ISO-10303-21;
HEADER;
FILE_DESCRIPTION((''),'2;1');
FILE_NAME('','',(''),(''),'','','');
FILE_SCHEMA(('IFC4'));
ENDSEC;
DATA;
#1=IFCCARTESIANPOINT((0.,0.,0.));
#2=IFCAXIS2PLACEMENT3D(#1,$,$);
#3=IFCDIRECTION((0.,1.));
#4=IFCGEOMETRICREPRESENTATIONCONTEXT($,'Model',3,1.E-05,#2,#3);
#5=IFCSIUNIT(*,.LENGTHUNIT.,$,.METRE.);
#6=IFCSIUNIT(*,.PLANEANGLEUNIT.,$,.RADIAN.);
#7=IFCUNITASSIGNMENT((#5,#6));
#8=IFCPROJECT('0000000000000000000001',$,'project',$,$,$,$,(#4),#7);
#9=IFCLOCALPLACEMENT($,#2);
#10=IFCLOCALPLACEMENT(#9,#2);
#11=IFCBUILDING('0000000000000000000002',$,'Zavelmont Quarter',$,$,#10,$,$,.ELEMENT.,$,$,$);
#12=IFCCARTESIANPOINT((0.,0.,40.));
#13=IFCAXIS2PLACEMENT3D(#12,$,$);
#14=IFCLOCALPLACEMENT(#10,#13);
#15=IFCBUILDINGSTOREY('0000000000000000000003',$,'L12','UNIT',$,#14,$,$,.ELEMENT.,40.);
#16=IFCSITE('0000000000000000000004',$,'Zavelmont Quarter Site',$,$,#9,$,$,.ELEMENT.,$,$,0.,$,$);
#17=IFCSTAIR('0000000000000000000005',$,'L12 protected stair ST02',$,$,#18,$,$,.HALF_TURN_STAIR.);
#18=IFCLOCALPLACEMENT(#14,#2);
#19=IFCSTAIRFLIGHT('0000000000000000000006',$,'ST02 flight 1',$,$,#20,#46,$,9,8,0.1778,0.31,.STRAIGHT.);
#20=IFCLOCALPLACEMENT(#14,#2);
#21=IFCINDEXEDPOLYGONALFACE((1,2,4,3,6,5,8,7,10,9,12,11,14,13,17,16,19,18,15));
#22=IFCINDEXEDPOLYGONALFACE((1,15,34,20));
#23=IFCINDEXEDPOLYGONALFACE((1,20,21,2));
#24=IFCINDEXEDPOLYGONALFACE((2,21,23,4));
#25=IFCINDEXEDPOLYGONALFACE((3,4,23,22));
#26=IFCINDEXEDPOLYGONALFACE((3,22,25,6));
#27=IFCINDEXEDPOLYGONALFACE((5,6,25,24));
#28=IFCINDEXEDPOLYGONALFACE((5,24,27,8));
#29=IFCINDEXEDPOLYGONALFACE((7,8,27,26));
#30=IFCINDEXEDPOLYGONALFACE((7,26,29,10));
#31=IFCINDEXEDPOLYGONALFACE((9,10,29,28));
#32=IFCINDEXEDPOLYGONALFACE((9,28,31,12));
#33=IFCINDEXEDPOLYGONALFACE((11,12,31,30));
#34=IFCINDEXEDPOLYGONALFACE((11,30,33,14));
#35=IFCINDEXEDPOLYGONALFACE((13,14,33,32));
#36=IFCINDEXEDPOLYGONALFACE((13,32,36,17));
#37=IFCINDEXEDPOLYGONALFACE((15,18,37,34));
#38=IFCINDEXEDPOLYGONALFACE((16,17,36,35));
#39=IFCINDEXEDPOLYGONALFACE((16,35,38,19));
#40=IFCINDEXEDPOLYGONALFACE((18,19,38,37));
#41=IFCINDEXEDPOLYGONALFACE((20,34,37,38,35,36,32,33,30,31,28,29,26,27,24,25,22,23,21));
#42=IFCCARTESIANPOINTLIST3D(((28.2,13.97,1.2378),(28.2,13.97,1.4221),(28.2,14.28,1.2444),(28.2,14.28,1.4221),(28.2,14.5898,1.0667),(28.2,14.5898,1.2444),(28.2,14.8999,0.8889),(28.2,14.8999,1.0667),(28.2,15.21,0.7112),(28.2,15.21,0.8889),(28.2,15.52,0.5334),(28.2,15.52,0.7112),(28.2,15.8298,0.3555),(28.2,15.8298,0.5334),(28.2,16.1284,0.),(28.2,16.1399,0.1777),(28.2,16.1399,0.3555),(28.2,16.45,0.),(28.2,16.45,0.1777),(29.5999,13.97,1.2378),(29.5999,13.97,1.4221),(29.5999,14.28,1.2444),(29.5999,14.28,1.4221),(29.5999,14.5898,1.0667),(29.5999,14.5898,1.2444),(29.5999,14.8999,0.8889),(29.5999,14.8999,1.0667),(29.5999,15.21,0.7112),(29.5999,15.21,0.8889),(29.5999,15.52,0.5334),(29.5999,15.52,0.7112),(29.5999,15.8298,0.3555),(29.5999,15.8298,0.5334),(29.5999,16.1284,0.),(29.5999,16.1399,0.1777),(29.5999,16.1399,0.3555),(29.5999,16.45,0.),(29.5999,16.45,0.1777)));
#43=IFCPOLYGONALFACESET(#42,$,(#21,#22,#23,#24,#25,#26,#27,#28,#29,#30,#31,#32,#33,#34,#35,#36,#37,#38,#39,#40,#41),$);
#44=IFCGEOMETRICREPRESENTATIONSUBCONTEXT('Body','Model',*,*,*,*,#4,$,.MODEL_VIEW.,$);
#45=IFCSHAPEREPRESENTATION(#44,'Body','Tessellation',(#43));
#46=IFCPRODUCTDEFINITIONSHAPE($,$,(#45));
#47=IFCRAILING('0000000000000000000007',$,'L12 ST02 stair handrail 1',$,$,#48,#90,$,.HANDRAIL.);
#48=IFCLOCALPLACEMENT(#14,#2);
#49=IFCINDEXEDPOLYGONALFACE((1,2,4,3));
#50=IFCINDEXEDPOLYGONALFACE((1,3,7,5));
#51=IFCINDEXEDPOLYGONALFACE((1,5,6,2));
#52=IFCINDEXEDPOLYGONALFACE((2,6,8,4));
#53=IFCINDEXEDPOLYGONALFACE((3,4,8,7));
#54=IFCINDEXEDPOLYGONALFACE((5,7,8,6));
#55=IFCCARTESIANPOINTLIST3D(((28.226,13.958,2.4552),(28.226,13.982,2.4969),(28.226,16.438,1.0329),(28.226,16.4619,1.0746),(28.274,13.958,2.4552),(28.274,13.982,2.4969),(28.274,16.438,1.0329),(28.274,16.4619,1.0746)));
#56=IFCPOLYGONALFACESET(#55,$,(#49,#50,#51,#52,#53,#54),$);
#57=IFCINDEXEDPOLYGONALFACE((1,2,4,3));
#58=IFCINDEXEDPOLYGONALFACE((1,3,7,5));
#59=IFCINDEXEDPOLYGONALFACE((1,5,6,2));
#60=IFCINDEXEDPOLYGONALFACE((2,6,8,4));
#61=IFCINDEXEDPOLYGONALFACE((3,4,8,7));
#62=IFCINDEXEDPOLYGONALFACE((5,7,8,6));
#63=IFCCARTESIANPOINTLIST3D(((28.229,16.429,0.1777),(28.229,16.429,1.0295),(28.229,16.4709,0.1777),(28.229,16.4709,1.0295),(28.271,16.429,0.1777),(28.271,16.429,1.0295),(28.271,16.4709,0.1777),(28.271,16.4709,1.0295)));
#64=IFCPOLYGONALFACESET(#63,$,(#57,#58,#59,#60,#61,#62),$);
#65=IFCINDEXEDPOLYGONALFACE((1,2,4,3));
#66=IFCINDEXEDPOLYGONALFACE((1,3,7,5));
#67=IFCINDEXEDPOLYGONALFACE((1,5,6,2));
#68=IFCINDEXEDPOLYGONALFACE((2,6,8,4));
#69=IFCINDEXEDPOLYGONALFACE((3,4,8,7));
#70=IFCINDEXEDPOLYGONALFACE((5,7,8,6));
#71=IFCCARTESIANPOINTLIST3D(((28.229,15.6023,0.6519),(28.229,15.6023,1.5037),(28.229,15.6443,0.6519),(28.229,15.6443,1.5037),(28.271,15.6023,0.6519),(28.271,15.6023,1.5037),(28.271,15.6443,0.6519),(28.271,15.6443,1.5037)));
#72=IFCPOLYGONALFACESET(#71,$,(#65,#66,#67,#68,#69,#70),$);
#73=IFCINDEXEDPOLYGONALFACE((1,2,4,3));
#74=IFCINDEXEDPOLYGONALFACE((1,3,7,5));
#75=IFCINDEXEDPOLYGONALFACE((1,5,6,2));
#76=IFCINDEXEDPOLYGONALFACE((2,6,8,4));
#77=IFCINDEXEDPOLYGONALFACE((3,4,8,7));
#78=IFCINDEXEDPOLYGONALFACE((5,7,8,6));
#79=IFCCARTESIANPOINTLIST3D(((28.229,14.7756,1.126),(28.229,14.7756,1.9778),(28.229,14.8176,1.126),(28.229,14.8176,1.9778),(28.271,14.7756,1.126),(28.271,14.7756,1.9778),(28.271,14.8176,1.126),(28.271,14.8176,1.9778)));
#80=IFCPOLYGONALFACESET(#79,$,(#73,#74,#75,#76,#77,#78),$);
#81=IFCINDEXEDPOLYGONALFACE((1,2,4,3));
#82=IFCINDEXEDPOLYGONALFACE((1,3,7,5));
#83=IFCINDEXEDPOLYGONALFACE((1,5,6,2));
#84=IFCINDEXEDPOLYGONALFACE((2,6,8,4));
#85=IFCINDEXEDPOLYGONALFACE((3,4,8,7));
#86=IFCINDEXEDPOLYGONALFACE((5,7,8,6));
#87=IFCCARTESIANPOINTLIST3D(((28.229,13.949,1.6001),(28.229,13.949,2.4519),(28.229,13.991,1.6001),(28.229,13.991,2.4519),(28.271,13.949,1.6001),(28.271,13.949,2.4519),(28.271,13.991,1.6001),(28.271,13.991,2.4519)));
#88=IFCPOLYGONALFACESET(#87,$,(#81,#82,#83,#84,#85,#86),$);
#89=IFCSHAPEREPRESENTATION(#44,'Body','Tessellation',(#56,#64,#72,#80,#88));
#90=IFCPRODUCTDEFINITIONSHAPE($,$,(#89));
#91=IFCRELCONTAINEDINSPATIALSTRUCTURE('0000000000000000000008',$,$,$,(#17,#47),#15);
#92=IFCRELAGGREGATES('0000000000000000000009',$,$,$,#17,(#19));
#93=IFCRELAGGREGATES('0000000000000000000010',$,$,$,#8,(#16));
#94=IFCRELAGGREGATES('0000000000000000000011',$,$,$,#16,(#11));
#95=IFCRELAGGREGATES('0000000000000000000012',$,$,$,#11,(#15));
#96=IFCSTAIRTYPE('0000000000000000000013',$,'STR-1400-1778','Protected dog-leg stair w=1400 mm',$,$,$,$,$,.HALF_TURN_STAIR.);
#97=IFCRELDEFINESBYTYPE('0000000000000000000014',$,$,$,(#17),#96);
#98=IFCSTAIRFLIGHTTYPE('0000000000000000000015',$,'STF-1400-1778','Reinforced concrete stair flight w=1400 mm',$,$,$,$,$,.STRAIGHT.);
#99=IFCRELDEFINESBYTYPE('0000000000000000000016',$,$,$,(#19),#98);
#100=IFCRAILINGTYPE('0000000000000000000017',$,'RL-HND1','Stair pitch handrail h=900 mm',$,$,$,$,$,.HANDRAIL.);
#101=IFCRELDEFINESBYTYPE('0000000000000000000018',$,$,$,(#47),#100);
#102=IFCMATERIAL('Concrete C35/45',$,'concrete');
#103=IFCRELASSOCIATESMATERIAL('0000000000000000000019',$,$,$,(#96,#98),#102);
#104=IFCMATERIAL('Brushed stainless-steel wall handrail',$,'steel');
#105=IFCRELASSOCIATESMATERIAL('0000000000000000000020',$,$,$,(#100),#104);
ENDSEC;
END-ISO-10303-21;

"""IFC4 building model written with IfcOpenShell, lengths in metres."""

from ifc_helpers import new_model, si_unit, direction, frame, origin, origin_2d, place, context, subcontext, project, spatial, polyline, rectangle, outline, extrude, material, type_object, element, aggregate, save


model = new_model("IFC4")

# Units and contexts
model_context = context("Model", 3, precision=1e-05, world=origin(), true_north=direction((0.0, 1.0)))
body_context = subcontext(model_context, "Body", "Model", "MODEL_VIEW")
ifc_project = project(units=[si_unit("LENGTHUNIT", "METRE"), si_unit("PLANEANGLEUNIT", "RADIAN")], contexts=[model_context])

# Site, building, storey
site_placement = place(None, origin())
site = spatial("IfcSite", under=ifc_project, at=site_placement, Name="Zavelmont Quarter Site", CompositionType="ELEMENT", RefElevation=0.0)
building_placement = place(site_placement, origin())
building = spatial("IfcBuilding", under=site, at=building_placement, Name="Zavelmont Quarter", CompositionType="ELEMENT")
storey_placement = place(building_placement, frame((0.0, 0.0, 40.0)))
storey = spatial("IfcBuildingStorey", under=building, at=storey_placement, Name="L12", Description="UNIT", CompositionType="ELEMENT", Elevation=40.0)

# Shared definitions
ifc_material_1 = material(Name="Concrete C35/45", Category="concrete")

# Stair, stair flight
stair_type = type_object("IfcStairType", Name="STR-1400-1778", Description="Protected dog-leg stair w=1400 mm", PredefinedType="HALF_TURN_STAIR", material=ifc_material_1)
stair_placement = place(storey_placement, origin())
stair = element("IfcStair", 1, at=stair_placement, inside=storey, type_object=stair_type, Name="L12 protected stair ST02", PredefinedType="HALF_TURN_STAIR")
stair_flight_type = type_object("IfcStairFlightType", Name="STF-1400-1778", Description="Reinforced concrete stair flight w=1400 mm", PredefinedType="STRAIGHT", material=ifc_material_1)
stair_flight_placement = place(storey_placement, frame((28.8999, 16.45, 0.0), z_axis=(0.0, 0.0, 1.0), x_axis=(0.0, -1.0, 0.0)))
stair_flight = element("IfcStairFlight", 2, at=stair_flight_placement, type_object=stair_flight_type, Name="ST02 flight 1", NumberOfRisers=9, NumberOfTreads=8, PredefinedType="STRAIGHT", RiserHeight=0.1778, TreadLength=0.31, context=body_context, shape_type="SweptSolid", body=[
    extrude(outline(polyline([(0.0, 0.0), (0.0, 0.1777), (0.3101, 0.1777), (0.3101, 0.3555), (0.6201, 0.3555), (0.6201, 0.5334), (0.9299, 0.5334), (0.9299, 0.7112), (1.24, 0.7112), (1.24, 0.8889), (1.55, 0.8889), (1.55, 1.0667), (1.8601, 1.0667), (1.8601, 1.2444), (2.1699, 1.2444), (2.1699, 1.4221), (2.48, 1.4221), (2.48, 1.6001), (2.48, 1.2378), (0.3215, 0.0), (0.0, 0.0)])), frame((0.0, 0.7, 0.0), z_axis=(0.0, -1.0, 0.0), x_axis=(1.0, 0.0, 0.0)), (0.0, 0.0, 1.0), 1.3999),
])
aggregate(stair, [stair_flight])

# Railing
ifc_material_2 = material(Name="Brushed stainless-steel wall handrail", Category="steel")
railing_type = type_object("IfcRailingType", Name="RL-HND1", Description="Stair pitch handrail h=900 mm", PredefinedType="HANDRAIL", material=ifc_material_2)
railing_placement = place(storey_placement, frame((28.25, 16.45, 0.1777)))
element("IfcRailing", 3, at=railing_placement, inside=storey, type_object=railing_type, Name="L12 ST02 stair handrail 1", PredefinedType="HANDRAIL", context=body_context, shape_type="SweptSolid", body=[
    extrude(rectangle(XDim=0.0481, YDim=0.0481, at=origin_2d()), frame((0.0, 0.0, 0.876), z_axis=(0.0, -0.867454, 0.497518), x_axis=(1.0, 0.0, 0.0)), (0.0, 0.0, 1.0), 2.8589),
    extrude(rectangle(XDim=0.042, YDim=0.042, at=origin_2d()), origin(), (0.0, 0.0, 1.0), 0.8518),
    extrude(rectangle(XDim=0.042, YDim=0.042, at=origin_2d()), frame((0.0, -0.8267, 0.4741)), (0.0, 0.0, 1.0), 0.8518),
    extrude(rectangle(XDim=0.042, YDim=0.042, at=origin_2d()), frame((0.0, -1.6533, 0.9482)), (0.0, 0.0, 1.0), 0.8518),
    extrude(rectangle(XDim=0.042, YDim=0.042, at=origin_2d()), frame((0.0, -2.48, 1.4224)), (0.0, 0.0, 1.0), 0.8518),
])

save(model, "model.ifc")
